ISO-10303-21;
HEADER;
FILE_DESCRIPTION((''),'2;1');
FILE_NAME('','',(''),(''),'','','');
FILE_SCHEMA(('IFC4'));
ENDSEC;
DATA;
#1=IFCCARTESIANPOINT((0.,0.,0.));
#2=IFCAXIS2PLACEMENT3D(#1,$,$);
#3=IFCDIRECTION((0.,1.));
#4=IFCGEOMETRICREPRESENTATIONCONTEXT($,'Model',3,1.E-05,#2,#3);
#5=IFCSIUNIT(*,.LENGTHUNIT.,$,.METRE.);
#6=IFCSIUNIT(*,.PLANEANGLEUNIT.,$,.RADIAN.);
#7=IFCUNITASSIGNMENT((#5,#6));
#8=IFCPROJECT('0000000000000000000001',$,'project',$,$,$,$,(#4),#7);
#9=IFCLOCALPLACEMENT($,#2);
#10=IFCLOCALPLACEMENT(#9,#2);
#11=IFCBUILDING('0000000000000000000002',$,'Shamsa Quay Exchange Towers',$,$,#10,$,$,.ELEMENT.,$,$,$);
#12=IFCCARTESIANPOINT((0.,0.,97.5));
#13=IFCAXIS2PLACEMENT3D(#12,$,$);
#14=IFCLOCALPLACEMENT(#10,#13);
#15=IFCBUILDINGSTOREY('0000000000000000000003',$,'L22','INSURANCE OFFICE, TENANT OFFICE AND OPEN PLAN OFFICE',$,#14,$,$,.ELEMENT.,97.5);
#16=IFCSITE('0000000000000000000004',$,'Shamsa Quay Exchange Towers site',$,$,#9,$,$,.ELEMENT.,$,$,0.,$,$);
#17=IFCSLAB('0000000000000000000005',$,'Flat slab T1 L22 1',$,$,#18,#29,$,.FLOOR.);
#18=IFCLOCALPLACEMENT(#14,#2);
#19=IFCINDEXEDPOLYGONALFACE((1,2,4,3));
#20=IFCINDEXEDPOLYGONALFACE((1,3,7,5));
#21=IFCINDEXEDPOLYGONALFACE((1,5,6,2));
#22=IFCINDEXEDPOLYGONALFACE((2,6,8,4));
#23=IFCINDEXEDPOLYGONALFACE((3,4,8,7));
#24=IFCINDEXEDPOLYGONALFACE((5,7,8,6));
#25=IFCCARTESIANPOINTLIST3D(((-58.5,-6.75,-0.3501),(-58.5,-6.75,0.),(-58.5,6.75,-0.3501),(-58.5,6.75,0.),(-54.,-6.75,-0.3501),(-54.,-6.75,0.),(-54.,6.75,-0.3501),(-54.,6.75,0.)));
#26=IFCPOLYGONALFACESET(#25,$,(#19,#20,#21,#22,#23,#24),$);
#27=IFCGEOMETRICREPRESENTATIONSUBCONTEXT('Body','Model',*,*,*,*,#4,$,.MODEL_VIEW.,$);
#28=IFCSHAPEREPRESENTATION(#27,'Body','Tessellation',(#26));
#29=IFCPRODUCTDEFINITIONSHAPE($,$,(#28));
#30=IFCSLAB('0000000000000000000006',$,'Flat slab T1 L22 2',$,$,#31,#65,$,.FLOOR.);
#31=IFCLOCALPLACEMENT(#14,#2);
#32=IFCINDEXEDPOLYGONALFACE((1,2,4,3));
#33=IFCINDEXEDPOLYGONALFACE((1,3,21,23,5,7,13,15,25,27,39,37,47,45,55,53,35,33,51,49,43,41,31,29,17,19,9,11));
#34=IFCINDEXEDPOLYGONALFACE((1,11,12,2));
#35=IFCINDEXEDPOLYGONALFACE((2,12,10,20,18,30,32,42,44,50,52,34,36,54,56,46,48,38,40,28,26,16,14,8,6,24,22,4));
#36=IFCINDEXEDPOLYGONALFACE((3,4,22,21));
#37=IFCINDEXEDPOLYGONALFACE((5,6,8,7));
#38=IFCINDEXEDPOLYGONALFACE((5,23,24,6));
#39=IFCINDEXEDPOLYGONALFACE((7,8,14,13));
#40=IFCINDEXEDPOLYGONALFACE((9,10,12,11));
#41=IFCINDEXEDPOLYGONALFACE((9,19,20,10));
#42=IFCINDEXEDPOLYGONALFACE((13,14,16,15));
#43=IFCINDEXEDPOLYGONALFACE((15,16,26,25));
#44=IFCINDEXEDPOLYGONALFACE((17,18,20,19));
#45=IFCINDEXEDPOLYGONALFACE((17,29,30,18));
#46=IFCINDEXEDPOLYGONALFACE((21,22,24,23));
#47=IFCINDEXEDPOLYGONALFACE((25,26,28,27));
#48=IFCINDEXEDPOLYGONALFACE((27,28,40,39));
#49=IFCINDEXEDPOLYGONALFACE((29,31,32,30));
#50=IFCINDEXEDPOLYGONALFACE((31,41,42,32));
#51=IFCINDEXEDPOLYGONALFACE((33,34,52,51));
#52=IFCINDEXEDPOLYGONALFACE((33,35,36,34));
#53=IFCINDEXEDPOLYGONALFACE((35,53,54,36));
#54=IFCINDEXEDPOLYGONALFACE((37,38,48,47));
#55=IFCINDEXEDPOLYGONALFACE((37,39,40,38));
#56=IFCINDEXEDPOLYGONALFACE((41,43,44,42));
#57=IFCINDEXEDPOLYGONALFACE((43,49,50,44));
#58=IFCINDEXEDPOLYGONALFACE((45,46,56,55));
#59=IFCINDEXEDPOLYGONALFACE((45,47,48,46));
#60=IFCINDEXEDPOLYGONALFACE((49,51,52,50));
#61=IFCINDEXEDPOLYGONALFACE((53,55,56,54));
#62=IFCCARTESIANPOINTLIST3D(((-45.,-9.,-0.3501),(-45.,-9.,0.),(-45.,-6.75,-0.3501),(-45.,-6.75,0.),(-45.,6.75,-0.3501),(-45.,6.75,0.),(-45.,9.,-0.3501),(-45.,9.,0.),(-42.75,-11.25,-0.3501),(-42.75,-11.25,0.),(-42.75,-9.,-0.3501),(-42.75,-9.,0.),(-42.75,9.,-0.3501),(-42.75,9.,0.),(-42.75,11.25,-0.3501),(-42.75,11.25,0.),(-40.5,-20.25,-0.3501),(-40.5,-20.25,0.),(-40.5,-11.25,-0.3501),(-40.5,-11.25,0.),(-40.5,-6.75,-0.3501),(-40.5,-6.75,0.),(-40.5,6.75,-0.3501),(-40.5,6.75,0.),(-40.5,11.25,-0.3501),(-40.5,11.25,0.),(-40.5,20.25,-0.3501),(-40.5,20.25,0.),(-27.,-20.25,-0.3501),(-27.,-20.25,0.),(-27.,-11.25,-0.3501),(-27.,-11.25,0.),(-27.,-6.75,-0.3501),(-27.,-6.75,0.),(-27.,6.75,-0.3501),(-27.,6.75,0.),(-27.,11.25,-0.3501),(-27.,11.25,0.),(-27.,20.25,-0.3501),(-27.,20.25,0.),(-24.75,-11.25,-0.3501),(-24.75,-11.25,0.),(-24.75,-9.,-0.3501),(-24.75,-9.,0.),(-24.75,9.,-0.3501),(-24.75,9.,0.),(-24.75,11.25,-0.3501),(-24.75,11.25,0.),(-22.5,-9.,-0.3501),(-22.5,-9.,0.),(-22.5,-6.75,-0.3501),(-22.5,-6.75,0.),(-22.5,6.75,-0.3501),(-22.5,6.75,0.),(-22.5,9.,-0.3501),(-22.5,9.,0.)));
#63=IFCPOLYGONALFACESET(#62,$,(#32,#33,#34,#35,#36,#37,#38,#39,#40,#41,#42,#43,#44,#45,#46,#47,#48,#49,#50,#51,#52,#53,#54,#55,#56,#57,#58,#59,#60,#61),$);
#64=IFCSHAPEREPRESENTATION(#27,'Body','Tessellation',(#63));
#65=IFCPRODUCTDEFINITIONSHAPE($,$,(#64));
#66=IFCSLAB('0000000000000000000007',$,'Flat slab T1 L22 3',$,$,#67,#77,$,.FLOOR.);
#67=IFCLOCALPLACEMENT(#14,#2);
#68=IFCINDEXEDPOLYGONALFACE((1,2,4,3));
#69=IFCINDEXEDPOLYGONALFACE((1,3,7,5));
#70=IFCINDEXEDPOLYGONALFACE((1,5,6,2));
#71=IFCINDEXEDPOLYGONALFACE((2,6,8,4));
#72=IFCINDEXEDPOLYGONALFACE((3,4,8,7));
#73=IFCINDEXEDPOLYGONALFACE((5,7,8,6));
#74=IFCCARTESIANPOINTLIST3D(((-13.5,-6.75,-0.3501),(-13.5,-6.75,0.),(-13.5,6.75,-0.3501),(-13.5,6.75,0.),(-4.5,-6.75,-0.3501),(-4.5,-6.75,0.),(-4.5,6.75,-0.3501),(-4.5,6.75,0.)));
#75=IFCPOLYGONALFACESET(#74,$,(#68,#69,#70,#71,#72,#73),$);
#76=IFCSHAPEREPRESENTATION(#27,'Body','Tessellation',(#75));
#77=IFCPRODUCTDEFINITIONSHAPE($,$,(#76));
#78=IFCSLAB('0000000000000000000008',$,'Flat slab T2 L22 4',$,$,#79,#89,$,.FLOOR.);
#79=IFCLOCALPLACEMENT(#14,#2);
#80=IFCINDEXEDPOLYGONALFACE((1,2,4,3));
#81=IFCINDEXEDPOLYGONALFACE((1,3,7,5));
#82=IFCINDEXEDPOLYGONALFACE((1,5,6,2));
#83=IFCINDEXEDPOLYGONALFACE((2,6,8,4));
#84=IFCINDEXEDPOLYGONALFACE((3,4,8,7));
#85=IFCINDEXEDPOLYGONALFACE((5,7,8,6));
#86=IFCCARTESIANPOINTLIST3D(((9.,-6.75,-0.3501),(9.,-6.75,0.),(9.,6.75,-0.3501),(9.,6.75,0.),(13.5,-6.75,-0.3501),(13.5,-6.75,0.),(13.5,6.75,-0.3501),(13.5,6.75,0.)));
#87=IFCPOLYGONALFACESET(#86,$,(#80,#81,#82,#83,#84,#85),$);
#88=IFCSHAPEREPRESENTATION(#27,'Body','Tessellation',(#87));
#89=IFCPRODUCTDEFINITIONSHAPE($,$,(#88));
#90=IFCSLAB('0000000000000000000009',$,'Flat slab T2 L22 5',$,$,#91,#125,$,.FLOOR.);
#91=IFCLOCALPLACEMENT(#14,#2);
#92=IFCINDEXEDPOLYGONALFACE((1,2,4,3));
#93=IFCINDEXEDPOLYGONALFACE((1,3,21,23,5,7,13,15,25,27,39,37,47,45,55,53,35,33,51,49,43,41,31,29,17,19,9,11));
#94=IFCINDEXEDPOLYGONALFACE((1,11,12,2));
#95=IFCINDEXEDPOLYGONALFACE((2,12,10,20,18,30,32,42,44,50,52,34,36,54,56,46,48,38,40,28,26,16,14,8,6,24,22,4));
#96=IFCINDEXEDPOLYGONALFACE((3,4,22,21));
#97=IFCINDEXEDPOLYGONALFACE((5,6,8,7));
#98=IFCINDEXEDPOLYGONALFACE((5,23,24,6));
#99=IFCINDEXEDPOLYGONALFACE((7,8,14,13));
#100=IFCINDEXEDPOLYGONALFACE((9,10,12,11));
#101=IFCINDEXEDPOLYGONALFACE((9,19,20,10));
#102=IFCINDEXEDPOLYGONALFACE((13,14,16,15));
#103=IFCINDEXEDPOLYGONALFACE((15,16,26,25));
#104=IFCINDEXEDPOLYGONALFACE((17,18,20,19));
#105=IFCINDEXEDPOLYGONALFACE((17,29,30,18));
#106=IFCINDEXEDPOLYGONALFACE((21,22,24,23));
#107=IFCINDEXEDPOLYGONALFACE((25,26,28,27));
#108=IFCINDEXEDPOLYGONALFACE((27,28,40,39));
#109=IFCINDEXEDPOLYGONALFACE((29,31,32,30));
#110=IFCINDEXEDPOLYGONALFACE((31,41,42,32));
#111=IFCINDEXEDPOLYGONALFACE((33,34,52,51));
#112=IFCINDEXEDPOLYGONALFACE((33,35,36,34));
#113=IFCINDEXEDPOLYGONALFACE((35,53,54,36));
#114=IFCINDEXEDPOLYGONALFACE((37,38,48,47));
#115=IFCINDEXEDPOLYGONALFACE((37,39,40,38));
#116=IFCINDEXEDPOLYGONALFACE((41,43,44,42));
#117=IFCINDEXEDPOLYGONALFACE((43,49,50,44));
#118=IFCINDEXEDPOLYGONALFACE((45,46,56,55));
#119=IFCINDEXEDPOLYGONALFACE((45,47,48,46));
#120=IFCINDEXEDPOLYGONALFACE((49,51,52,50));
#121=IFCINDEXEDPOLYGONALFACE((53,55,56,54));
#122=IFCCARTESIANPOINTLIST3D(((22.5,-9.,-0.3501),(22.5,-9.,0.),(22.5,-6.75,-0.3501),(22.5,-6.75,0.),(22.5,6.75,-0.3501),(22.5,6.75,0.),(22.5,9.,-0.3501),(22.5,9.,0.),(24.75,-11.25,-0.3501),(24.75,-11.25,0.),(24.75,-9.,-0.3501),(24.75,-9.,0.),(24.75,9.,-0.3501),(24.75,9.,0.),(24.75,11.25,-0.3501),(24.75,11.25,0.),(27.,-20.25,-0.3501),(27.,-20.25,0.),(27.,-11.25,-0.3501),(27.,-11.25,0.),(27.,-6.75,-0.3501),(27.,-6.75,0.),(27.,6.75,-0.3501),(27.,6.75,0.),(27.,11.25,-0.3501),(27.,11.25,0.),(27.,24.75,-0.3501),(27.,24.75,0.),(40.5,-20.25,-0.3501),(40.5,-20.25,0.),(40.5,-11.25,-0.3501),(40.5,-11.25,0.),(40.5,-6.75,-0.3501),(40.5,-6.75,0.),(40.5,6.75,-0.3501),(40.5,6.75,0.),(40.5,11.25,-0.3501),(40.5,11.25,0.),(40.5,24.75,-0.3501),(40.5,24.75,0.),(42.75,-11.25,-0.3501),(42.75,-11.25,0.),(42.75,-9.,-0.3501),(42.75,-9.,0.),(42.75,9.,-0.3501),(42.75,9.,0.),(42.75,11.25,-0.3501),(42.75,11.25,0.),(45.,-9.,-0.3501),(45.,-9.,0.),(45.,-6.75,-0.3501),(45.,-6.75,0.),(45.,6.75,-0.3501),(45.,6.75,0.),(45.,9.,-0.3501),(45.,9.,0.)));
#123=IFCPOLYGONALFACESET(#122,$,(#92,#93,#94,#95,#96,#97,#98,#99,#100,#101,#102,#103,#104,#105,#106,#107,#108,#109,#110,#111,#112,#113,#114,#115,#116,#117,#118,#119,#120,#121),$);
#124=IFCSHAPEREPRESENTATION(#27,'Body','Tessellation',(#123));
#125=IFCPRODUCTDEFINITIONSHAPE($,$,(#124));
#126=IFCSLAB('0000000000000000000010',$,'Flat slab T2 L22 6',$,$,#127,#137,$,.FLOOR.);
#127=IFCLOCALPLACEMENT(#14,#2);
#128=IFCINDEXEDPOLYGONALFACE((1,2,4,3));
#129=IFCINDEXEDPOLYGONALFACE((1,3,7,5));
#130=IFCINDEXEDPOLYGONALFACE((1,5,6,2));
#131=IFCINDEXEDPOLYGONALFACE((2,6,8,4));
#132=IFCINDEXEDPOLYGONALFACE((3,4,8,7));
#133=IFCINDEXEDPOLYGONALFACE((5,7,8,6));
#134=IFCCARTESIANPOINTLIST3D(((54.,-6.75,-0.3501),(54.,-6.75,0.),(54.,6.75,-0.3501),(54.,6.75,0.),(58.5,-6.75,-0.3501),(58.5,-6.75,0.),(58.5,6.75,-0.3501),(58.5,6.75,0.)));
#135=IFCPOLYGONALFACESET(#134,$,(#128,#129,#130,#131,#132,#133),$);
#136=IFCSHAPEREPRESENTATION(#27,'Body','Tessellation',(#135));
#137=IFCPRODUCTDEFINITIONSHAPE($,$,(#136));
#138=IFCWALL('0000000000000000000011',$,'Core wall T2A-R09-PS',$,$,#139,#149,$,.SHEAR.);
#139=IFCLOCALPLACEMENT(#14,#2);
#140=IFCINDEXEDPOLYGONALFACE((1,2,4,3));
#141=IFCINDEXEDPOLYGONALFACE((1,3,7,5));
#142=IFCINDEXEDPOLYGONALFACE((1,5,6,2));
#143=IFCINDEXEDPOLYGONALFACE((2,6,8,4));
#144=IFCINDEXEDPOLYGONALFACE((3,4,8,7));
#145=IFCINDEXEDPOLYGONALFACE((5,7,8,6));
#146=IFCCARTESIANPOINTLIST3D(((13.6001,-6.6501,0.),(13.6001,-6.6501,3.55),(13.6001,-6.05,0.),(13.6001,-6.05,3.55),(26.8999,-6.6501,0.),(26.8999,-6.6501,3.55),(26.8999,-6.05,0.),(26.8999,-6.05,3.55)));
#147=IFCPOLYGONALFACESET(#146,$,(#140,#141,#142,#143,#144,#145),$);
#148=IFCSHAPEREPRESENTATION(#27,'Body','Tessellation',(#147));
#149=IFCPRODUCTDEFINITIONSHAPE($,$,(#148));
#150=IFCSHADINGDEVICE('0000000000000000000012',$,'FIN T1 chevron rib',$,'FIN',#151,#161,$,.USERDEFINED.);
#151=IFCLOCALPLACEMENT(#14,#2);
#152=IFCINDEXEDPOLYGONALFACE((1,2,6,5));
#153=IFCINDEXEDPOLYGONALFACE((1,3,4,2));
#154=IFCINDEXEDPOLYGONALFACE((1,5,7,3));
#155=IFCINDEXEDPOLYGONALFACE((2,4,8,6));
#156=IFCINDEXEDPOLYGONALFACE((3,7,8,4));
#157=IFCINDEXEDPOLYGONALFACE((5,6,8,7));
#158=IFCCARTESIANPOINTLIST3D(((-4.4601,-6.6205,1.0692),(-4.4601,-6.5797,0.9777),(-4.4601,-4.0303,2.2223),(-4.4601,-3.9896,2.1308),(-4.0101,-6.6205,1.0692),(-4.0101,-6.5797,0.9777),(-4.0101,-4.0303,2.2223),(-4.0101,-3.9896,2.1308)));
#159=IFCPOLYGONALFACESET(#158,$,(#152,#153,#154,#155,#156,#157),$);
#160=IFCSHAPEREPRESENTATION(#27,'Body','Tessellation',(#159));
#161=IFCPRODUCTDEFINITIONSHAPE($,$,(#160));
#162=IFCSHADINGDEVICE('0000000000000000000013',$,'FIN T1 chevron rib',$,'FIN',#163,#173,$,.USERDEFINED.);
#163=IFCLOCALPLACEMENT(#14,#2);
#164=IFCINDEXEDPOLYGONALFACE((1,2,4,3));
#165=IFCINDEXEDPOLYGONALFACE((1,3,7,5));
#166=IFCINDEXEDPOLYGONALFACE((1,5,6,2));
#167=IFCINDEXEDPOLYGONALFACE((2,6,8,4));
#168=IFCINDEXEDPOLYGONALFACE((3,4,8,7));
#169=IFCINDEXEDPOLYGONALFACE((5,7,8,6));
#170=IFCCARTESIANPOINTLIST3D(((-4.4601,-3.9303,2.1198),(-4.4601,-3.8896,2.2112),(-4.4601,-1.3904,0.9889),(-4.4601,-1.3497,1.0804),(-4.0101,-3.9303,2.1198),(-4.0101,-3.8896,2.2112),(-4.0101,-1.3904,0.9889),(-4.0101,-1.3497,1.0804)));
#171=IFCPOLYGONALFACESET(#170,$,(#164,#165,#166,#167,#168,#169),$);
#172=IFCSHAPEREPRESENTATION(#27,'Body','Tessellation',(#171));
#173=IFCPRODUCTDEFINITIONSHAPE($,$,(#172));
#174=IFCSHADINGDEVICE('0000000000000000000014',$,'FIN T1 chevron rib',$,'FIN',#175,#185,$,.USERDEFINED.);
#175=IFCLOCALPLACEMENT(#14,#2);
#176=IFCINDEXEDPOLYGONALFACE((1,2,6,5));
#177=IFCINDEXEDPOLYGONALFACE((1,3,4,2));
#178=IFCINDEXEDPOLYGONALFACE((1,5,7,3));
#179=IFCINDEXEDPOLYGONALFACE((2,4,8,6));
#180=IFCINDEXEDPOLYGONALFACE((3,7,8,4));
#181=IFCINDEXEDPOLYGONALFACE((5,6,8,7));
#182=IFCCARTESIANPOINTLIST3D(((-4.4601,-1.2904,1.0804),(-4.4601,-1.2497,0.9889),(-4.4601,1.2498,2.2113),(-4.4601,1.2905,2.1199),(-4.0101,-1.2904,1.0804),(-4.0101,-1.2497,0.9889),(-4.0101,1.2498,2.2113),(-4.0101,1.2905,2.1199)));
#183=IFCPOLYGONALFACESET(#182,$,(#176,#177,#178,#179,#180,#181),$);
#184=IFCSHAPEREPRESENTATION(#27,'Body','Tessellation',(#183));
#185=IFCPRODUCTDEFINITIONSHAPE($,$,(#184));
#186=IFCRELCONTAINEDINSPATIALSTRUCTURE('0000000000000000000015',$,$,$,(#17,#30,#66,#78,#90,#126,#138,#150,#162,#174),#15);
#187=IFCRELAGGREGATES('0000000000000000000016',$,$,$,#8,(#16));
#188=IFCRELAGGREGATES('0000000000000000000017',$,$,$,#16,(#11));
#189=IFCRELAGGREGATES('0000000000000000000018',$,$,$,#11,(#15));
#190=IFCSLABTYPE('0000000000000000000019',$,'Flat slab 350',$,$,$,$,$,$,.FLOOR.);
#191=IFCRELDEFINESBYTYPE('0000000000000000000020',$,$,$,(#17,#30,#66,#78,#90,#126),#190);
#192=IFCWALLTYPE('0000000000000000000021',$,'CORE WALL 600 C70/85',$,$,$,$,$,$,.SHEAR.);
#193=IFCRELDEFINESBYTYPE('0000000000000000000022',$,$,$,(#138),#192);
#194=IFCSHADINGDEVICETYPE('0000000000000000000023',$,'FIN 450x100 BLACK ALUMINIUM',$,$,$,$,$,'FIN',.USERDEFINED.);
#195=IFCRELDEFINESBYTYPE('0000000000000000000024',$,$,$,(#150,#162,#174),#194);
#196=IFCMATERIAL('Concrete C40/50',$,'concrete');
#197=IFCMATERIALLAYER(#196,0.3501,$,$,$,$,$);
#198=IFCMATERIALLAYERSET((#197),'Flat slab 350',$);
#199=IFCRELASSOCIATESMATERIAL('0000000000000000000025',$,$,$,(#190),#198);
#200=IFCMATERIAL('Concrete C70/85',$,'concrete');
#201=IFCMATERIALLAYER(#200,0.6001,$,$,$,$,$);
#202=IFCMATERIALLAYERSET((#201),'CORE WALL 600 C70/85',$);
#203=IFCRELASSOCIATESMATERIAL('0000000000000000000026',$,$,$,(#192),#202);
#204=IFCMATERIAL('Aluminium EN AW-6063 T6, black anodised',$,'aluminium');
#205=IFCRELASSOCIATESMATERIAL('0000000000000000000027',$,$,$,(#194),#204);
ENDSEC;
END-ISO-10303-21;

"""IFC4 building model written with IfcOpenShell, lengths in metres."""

from ifc_helpers import new_model, si_unit, direction, frame, frame_2d, origin, origin_2d, place, context, subcontext, project, spatial, polyline, rectangle, outline, extrude, material, layer, layer_set, material_profile, profile_set, type_object, element, save


model = new_model("IFC4")

# Units and contexts
model_context = context("Model", 3, precision=1e-05, world=origin(), true_north=direction((0.0, 1.0)))
body_context = subcontext(model_context, "Body", "Model", "MODEL_VIEW")
ifc_project = project(units=[si_unit("LENGTHUNIT", "METRE"), si_unit("PLANEANGLEUNIT", "RADIAN")], contexts=[model_context])

# Site, building, storey
site_placement = place(None, origin())
site = spatial("IfcSite", under=ifc_project, at=site_placement, Name="Shamsa Quay Exchange Towers site", CompositionType="ELEMENT", RefElevation=0.0)
building_placement = place(site_placement, origin())
building = spatial("IfcBuilding", under=site, at=building_placement, Name="Shamsa Quay Exchange Towers", CompositionType="ELEMENT")
storey_placement = place(building_placement, frame((0.0, 0.0, 97.5)))
storey = spatial("IfcBuildingStorey", under=building, at=storey_placement, Name="L22", Description="INSURANCE OFFICE, TENANT OFFICE AND OPEN PLAN OFFICE", CompositionType="ELEMENT", Elevation=97.5)

# Shared definitions
ifc_material_1 = material(Name="Aluminium EN AW-6063 T6, black anodised", Category="aluminium")

# Slabs
ifc_material_2 = material(Name="Concrete C40/50", Category="concrete")
ifc_layer_1 = layer(ifc_material_2, 0.3501)
ifc_layer_set_1 = layer_set([ifc_layer_1], Name="Flat slab 350")
slab_type_1 = type_object("IfcSlabType", Name="Flat slab 350", PredefinedType="FLOOR", material=ifc_layer_set_1)
slab_1_placement = place(storey_placement, frame((0.0, 0.0, -0.3501)))
element("IfcSlab", 1, at=slab_1_placement, inside=storey, type_object=slab_type_1, Name="Flat slab T1 L22 1", PredefinedType="FLOOR", context=body_context, shape_type="SweptSolid", body=[
    extrude(outline(polyline([(-58.5, -6.75), (-54.0, -6.75), (-54.0, 6.75), (-58.5, 6.75), (-58.5, -6.75)])), origin(), (0.0, 0.0, 1.0), 0.3501),
])
slab_2_placement = place(storey_placement, frame((0.0, 0.0, -0.3501)))
element("IfcSlab", 2, at=slab_2_placement, inside=storey, type_object=slab_type_1, Name="Flat slab T1 L22 2", PredefinedType="FLOOR", context=body_context, shape_type="SweptSolid", body=[
    extrude(outline(polyline([(-22.5, -9.0), (-22.5, -6.75), (-27.0, -6.75), (-27.0, 6.75), (-22.5, 6.75), (-22.5, 9.0), (-24.75, 9.0), (-24.75, 11.25), (-27.0, 11.25), (-27.0, 20.25), (-40.5, 20.25), (-40.5, 11.25), (-42.75, 11.25), (-42.75, 9.0), (-45.0, 9.0), (-45.0, 6.75), (-40.5, 6.75), (-40.5, -6.75), (-45.0, -6.75), (-45.0, -9.0), (-42.75, -9.0), (-42.75, -11.25), (-40.5, -11.25), (-40.5, -20.25), (-27.0, -20.25), (-27.0, -11.25), (-24.75, -11.25), (-24.75, -9.0), (-22.5, -9.0)])), origin(), (0.0, 0.0, 1.0), 0.3501),
])
slab_3_placement = place(storey_placement, frame((0.0, 0.0, -0.3501)))
element("IfcSlab", 3, at=slab_3_placement, inside=storey, type_object=slab_type_1, Name="Flat slab T1 L22 3", PredefinedType="FLOOR", context=body_context, shape_type="SweptSolid", body=[
    extrude(outline(polyline([(-4.5, 6.75), (-13.5, 6.75), (-13.5, -6.75), (-4.5, -6.75), (-4.5, 6.75)])), origin(), (0.0, 0.0, 1.0), 0.3501),
])
slab_4_placement = place(storey_placement, frame((0.0, 0.0, -0.3501)))
element("IfcSlab", 4, at=slab_4_placement, inside=storey, type_object=slab_type_1, Name="Flat slab T2 L22 4", PredefinedType="FLOOR", context=body_context, shape_type="SweptSolid", body=[
    extrude(outline(polyline([(9.0, -6.75), (13.5, -6.75), (13.5, 6.75), (9.0, 6.75), (9.0, -6.75)])), origin(), (0.0, 0.0, 1.0), 0.3501),
])
slab_5_placement = place(storey_placement, frame((0.0, 0.0, -0.3501)))
element("IfcSlab", 5, at=slab_5_placement, inside=storey, type_object=slab_type_1, Name="Flat slab T2 L22 5", PredefinedType="FLOOR", context=body_context, shape_type="SweptSolid", body=[
    extrude(outline(polyline([(45.0, -9.0), (45.0, -6.75), (40.5, -6.75), (40.5, 6.75), (45.0, 6.75), (45.0, 9.0), (42.75, 9.0), (42.75, 11.25), (40.5, 11.25), (40.5, 24.75), (27.0, 24.75), (27.0, 11.25), (24.75, 11.25), (24.75, 9.0), (22.5, 9.0), (22.5, 6.75), (27.0, 6.75), (27.0, -6.75), (22.5, -6.75), (22.5, -9.0), (24.75, -9.0), (24.75, -11.25), (27.0, -11.25), (27.0, -20.25), (40.5, -20.25), (40.5, -11.25), (42.75, -11.25), (42.75, -9.0), (45.0, -9.0)])), origin(), (0.0, 0.0, 1.0), 0.3501),
])
slab_6_placement = place(storey_placement, frame((0.0, 0.0, -0.3501)))
element("IfcSlab", 6, at=slab_6_placement, inside=storey, type_object=slab_type_1, Name="Flat slab T2 L22 6", PredefinedType="FLOOR", context=body_context, shape_type="SweptSolid", body=[
    extrude(outline(polyline([(58.5, 6.75), (54.0, 6.75), (54.0, -6.75), (58.5, -6.75), (58.5, 6.75)])), origin(), (0.0, 0.0, 1.0), 0.3501),
])

# Wall
ifc_material_3 = material(Name="Concrete C70/85", Category="concrete")
ifc_layer_2 = layer(ifc_material_3, 0.6001)
ifc_layer_set_2 = layer_set([ifc_layer_2], Name="CORE WALL 600 C70/85")
wall_type = type_object("IfcWallType", Name="CORE WALL 600 C70/85", PredefinedType="SHEAR", material=ifc_layer_set_2)
wall_placement = place(storey_placement, frame((13.6001, -6.3501, 0.0)))
element("IfcWall", 7, at=wall_placement, inside=storey, type_object=wall_type, Name="Core wall T2A-R09-PS", PredefinedType="SHEAR", context=body_context, shape_type="SweptSolid", body=[
    extrude(rectangle(XDim=13.2998, YDim=0.6001, at=frame_2d((6.6499, 0.0))), origin(), (0.0, 0.0, 1.0), 3.55),
])

# Shading devices
ifc_material_profile_1 = material_profile(ifc_material_1, rectangle(XDim=0.45, YDim=0.1001, at=origin_2d()), Name="FIN450x100")
ifc_profile_set_1 = profile_set([ifc_material_profile_1], Name="Aluminium EN AW-6063 T6, black anodised")
shading_device_type = type_object("IfcShadingDeviceType", Name="FIN 450x100 BLACK ALUMINIUM", ElementType="FIN", PredefinedType="USERDEFINED", material=ifc_profile_set_1)
shading_device_1_placement = place(storey_placement, frame((-4.2351, -6.6001, 1.0234), z_axis=(0.0, 0.913559, 0.406706), x_axis=(-1.0, 0.0, 0.0)))
element("IfcShadingDevice", 8, at=shading_device_1_placement, inside=storey, type_object=shading_device_type, Name="FIN T1 chevron rib", ObjectType="FIN", PredefinedType="USERDEFINED", context=body_context, shape_type="SweptSolid", body=[
    extrude(rectangle(XDim=0.45, YDim=0.1001, at=origin_2d()), origin(), (0.0, 0.0, 1.0), 2.8352),
])
shading_device_2_placement = place(storey_placement, frame((-4.2351, -3.9099, 2.1655), z_axis=(0.0, 0.913536, -0.406758), x_axis=(-1.0, 0.0, 0.0)))
element("IfcShadingDevice", 9, at=shading_device_2_placement, inside=storey, type_object=shading_device_type, Name="FIN T1 chevron rib", ObjectType="FIN", PredefinedType="USERDEFINED", context=body_context, shape_type="SweptSolid", body=[
    extrude(rectangle(XDim=0.45, YDim=0.1001, at=origin_2d()), origin(), (0.0, 0.0, 1.0), 2.7803),
])
shading_device_3_placement = place(storey_placement, frame((-4.2351, -1.27, 1.0347), z_axis=(0.0, 0.913551, 0.406725), x_axis=(-1.0, 0.0, 0.0)))
element("IfcShadingDevice", 10, at=shading_device_3_placement, inside=storey, type_object=shading_device_type, Name="FIN T1 chevron rib", ObjectType="FIN", PredefinedType="USERDEFINED", context=body_context, shape_type="SweptSolid", body=[
    extrude(rectangle(XDim=0.45, YDim=0.1001, at=origin_2d()), origin(), (0.0, 0.0, 1.0), 2.7805),
])

save(model, "model.ifc")
